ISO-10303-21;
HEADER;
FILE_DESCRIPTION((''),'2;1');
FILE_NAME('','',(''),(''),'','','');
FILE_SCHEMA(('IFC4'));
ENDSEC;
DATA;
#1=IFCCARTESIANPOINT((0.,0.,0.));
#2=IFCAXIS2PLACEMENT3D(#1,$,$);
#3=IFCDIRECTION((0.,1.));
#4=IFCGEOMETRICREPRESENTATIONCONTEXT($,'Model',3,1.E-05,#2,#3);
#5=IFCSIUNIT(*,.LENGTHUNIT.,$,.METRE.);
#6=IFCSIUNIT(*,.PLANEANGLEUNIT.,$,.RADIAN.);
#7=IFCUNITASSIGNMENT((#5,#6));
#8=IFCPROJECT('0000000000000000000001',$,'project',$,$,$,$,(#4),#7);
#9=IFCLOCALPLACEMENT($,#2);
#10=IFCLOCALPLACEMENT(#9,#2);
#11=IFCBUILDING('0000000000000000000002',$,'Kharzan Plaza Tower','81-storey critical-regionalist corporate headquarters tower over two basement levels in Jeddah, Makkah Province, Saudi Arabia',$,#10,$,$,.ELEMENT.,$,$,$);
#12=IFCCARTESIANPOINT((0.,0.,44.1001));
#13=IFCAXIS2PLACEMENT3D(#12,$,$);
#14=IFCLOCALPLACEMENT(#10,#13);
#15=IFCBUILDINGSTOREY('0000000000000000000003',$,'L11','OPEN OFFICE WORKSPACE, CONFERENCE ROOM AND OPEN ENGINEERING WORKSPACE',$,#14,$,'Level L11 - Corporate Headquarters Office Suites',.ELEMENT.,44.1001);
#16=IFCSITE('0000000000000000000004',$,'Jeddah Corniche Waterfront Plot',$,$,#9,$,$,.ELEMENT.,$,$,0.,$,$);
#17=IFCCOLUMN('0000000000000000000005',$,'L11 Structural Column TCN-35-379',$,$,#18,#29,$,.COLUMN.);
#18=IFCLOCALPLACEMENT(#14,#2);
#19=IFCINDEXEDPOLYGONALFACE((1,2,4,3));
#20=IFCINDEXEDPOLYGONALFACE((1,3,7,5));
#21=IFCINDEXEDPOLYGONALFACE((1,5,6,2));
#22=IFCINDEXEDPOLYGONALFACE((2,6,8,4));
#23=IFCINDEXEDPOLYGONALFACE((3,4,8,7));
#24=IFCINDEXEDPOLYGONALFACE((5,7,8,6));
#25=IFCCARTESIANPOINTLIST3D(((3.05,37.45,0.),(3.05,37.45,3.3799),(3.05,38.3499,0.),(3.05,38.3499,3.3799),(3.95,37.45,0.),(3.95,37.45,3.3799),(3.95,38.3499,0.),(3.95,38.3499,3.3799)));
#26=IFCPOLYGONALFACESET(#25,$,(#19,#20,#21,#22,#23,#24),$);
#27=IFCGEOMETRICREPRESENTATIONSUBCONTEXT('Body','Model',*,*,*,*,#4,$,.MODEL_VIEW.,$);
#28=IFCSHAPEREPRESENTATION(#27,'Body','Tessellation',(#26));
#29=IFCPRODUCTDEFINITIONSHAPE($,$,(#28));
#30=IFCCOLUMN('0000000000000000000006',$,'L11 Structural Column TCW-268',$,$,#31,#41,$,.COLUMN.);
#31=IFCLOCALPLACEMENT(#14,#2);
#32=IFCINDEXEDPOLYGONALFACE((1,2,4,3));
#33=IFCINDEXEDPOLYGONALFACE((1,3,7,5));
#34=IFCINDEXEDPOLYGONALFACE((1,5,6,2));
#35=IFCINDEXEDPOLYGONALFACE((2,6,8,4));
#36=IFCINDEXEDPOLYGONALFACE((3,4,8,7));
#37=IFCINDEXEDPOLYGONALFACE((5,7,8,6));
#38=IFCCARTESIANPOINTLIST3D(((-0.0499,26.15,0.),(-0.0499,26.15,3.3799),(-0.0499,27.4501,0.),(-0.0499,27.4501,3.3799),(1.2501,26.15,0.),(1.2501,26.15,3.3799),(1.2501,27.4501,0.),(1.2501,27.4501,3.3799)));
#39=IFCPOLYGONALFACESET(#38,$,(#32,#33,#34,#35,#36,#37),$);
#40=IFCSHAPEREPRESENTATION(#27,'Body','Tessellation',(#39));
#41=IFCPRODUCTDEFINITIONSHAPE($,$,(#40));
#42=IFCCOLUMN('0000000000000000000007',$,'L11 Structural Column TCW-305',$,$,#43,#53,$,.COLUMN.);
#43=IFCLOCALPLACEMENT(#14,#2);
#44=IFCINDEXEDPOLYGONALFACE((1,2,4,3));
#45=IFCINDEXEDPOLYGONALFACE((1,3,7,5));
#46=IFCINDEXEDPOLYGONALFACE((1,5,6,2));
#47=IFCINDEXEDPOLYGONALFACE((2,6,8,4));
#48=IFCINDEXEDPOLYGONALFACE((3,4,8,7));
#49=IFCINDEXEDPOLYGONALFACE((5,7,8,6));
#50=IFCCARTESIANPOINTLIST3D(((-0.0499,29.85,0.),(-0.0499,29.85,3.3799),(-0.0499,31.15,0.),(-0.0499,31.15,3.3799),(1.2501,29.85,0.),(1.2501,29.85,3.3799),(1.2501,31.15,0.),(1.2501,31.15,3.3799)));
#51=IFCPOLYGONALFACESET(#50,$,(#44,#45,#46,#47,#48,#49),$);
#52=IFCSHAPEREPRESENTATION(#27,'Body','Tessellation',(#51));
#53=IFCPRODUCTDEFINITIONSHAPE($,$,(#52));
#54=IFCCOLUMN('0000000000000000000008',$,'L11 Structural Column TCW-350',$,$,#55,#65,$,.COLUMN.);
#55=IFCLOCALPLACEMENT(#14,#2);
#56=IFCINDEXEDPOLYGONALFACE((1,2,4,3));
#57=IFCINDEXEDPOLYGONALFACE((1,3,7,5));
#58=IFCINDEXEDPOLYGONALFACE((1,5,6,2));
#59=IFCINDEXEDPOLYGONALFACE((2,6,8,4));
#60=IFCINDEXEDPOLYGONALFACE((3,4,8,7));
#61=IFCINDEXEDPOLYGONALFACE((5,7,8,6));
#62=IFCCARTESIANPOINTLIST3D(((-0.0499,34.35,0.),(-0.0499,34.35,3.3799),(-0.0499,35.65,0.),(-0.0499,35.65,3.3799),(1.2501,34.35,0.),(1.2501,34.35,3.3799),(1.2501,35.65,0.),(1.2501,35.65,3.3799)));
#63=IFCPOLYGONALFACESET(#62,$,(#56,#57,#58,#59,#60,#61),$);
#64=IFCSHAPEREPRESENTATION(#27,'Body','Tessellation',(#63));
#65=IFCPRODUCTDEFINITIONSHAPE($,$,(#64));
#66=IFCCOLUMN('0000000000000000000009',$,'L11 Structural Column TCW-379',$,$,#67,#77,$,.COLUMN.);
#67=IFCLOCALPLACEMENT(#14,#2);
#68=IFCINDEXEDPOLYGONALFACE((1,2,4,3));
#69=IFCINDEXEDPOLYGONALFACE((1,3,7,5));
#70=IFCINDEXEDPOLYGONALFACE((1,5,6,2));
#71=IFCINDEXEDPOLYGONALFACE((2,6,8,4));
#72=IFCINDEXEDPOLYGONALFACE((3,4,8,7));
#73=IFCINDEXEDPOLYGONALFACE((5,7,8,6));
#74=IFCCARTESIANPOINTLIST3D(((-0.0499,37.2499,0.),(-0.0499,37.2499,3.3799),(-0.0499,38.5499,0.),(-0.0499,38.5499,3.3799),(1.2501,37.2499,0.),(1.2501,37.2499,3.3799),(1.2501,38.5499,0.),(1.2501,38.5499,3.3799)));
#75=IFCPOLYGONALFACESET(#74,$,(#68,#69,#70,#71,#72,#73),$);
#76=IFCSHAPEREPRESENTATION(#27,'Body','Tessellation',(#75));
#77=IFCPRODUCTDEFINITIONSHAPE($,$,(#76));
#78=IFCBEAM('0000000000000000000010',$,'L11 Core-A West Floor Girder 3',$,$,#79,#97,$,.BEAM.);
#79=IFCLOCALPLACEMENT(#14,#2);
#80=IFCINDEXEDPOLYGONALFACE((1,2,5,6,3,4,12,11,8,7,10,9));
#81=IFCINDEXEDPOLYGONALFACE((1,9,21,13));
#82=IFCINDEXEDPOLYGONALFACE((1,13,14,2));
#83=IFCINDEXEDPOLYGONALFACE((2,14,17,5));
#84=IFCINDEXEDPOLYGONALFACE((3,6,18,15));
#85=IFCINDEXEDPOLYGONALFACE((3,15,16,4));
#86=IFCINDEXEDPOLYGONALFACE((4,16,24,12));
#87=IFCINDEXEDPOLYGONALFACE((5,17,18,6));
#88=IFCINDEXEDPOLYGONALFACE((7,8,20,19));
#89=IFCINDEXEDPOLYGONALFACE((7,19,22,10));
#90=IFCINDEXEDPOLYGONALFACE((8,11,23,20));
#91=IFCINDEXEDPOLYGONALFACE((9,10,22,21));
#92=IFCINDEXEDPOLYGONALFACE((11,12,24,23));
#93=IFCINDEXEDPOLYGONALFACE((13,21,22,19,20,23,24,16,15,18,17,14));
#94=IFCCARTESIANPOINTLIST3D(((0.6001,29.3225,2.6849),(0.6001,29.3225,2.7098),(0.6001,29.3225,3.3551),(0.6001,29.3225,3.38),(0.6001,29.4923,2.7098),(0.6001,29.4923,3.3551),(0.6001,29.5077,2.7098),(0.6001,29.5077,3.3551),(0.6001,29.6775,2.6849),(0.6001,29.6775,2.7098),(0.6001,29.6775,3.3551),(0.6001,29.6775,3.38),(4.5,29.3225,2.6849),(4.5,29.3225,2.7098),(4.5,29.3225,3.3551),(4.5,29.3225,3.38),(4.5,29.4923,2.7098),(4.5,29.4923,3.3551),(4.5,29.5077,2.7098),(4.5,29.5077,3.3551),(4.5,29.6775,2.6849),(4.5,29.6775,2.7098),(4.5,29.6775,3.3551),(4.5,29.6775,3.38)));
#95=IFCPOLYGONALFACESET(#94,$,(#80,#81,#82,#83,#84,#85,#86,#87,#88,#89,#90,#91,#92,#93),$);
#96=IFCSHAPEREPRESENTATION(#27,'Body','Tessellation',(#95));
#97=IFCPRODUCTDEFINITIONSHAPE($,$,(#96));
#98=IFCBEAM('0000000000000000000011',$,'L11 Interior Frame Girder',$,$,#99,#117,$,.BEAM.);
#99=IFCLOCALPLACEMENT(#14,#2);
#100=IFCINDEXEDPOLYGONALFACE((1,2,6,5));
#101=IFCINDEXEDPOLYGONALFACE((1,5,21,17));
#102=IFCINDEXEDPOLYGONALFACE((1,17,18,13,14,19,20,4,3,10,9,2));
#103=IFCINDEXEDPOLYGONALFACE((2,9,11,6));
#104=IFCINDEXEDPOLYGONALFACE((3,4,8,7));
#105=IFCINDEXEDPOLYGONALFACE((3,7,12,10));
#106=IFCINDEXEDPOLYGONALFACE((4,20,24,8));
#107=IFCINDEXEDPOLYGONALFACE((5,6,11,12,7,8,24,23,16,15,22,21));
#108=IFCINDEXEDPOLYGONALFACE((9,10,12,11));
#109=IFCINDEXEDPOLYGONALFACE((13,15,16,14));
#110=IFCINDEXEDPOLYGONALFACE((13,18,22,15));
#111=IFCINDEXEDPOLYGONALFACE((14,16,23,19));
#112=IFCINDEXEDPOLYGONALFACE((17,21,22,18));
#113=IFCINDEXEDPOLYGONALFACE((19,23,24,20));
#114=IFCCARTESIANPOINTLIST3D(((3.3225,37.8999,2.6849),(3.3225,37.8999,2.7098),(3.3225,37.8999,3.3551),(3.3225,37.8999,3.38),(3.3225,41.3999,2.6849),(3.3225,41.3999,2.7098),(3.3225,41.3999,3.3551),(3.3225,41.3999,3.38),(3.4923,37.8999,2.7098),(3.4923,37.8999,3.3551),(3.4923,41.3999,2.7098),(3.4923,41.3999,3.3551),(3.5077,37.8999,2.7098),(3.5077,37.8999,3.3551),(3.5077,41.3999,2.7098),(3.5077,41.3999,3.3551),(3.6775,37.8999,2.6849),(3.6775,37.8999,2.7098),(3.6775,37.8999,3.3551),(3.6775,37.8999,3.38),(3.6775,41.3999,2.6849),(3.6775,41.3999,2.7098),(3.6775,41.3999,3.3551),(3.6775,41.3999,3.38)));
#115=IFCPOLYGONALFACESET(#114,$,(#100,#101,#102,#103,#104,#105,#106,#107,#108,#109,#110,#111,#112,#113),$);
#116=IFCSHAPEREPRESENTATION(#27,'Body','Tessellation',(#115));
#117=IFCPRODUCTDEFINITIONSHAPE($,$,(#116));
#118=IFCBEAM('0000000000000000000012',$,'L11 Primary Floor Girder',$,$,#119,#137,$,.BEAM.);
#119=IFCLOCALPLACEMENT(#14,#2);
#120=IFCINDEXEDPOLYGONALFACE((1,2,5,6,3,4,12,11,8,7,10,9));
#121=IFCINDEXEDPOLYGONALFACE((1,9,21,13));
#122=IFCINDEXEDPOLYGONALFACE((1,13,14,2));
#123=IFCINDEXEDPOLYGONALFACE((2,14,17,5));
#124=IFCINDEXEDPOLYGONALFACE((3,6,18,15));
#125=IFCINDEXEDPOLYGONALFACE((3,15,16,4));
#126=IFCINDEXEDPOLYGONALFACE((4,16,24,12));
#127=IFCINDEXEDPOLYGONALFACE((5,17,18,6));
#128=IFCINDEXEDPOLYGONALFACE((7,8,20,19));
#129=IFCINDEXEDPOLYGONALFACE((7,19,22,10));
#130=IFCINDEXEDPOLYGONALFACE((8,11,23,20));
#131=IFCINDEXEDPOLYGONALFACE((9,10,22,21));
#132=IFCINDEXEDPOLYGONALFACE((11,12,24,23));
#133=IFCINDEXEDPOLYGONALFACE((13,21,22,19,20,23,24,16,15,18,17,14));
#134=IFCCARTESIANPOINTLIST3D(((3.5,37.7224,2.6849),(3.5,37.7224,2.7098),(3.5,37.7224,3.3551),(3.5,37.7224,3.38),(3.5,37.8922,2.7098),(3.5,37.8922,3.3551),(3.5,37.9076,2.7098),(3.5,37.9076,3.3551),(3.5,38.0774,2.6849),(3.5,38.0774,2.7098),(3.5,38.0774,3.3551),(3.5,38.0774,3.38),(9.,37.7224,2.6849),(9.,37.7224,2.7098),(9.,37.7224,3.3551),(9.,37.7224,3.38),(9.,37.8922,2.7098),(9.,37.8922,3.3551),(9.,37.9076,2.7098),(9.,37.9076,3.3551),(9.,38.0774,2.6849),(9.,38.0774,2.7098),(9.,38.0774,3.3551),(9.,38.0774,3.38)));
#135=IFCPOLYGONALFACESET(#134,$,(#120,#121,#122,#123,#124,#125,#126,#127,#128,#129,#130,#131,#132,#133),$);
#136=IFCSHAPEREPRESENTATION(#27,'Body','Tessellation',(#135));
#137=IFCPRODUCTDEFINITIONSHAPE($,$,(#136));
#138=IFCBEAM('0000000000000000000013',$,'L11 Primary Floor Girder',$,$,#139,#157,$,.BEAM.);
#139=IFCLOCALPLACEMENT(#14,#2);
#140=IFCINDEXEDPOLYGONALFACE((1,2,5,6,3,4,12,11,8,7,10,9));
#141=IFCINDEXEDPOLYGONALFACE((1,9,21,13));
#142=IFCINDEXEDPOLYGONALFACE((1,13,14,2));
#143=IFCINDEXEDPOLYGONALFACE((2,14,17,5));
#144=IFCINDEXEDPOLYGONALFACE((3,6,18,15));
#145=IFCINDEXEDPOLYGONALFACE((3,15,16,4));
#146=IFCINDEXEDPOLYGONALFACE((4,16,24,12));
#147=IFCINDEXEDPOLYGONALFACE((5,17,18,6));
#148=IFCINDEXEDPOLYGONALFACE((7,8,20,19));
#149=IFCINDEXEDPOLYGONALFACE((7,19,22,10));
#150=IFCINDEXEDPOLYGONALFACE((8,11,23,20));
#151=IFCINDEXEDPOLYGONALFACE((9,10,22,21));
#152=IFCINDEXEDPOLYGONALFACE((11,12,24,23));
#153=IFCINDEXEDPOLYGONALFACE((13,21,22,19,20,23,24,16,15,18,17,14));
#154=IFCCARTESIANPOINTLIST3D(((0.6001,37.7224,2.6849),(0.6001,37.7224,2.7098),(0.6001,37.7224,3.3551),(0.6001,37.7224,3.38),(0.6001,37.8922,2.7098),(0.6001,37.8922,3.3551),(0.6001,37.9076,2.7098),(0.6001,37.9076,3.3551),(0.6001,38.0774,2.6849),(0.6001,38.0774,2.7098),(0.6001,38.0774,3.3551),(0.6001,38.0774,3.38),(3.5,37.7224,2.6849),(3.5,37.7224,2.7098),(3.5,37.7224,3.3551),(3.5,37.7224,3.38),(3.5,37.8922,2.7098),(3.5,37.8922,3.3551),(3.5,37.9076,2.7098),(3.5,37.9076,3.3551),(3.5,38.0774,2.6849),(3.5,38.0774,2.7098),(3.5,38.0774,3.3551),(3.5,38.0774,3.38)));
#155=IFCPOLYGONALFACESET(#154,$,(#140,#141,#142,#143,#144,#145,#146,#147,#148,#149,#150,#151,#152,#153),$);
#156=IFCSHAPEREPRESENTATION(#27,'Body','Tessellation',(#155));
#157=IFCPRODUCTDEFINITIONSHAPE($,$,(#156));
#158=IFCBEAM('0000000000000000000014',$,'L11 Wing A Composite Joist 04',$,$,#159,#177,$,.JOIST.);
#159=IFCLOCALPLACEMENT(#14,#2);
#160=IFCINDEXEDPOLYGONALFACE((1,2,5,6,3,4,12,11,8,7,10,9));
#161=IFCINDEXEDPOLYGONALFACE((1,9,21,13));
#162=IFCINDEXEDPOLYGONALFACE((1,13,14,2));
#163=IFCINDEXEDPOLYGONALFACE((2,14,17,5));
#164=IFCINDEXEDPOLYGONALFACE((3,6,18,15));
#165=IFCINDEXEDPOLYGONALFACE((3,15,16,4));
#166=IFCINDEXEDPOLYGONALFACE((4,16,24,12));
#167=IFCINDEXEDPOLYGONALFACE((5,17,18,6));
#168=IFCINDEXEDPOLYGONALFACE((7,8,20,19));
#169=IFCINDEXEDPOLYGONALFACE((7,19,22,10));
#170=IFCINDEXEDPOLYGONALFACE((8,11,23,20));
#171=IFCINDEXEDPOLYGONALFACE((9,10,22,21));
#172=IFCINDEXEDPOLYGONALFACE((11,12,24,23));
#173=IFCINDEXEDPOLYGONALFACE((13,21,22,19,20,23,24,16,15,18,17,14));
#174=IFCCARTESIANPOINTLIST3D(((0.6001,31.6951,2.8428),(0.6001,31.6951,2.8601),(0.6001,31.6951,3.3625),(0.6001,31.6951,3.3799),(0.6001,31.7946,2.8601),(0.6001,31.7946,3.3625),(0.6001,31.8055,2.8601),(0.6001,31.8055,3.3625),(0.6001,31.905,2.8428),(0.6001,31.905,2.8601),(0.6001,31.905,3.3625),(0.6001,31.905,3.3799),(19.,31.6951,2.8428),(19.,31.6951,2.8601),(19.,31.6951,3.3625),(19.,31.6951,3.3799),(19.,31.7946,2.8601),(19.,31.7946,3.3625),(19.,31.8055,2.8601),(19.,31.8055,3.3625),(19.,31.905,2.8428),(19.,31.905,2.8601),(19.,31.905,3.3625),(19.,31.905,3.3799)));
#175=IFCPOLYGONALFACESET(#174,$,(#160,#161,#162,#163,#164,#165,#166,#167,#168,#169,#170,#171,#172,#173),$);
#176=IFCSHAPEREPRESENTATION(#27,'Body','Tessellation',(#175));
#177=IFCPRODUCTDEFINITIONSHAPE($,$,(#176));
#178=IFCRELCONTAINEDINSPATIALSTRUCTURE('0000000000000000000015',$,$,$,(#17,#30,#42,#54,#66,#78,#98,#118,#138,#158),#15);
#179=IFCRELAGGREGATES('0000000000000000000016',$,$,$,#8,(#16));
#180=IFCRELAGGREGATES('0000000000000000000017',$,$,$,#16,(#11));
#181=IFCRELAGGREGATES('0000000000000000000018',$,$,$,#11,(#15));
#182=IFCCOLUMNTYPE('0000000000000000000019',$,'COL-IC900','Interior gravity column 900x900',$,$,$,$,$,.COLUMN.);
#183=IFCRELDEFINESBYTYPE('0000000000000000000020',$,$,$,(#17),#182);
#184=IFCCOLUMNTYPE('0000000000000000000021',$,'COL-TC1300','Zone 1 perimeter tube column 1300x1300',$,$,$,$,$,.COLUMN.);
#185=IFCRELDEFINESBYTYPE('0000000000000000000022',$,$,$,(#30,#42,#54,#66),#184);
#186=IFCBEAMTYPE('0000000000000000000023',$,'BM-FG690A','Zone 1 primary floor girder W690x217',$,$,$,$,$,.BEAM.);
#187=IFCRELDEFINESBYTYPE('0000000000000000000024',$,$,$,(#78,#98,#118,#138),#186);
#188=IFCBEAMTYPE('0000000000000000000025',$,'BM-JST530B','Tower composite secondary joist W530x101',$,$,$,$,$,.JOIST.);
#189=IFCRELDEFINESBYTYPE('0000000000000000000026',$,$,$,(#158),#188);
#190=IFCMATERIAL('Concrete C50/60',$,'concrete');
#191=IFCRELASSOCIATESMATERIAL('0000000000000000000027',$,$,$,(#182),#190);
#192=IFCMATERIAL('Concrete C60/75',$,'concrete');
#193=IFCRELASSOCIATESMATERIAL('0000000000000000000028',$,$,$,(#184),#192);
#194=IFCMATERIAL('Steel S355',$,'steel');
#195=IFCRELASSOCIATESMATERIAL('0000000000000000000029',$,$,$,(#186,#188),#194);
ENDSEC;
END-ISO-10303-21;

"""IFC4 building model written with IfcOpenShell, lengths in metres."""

from ifc_helpers import new_model, si_unit, direction, frame, origin, origin_2d, place, context, subcontext, project, spatial, rectangle, i_section, extrude, source, transform, mapped, material, material_profile, profile_set, type_object, element, save


model = new_model("IFC4")

# Units and contexts
model_context = context("Model", 3, precision=1e-05, world=origin(), true_north=direction((0.0, 1.0)))
body_context = subcontext(model_context, "Body", "Model", "MODEL_VIEW")
ifc_project = project(units=[si_unit("LENGTHUNIT", "METRE"), si_unit("PLANEANGLEUNIT", "RADIAN")], contexts=[model_context])

# Site, building, storey
site_placement = place(None, origin())
site = spatial("IfcSite", under=ifc_project, at=site_placement, Name="Jeddah Corniche Waterfront Plot", CompositionType="ELEMENT", RefElevation=0.0)
building_placement = place(site_placement, origin())
building = spatial("IfcBuilding", under=site, at=building_placement, Name="Kharzan Plaza Tower", Description="81-storey critical-regionalist corporate headquarters tower over two basement levels in Jeddah, Makkah Province, Saudi Arabia", CompositionType="ELEMENT")
storey_placement = place(building_placement, frame((0.0, 0.0, 44.1001)))
storey = spatial("IfcBuildingStorey", under=building, at=storey_placement, Name="L11", Description="OPEN OFFICE WORKSPACE, CONFERENCE ROOM AND OPEN ENGINEERING WORKSPACE", LongName="Level L11 - Corporate Headquarters Office Suites", CompositionType="ELEMENT", Elevation=44.1001)

# Columns
ifc_material_1 = material(Name="Concrete C50/60", Category="concrete")
ifc_material_profile_1 = material_profile(ifc_material_1, rectangle(XDim=0.8999, YDim=0.8999, at=origin_2d()), Name="RC-IC900x900")
ifc_profile_set_1 = profile_set([ifc_material_profile_1], Name="Concrete C50/60")
column_type_1 = type_object("IfcColumnType", Name="COL-IC900", Description="Interior gravity column 900x900", PredefinedType="COLUMN", material=ifc_profile_set_1)
shared_shape_1 = source(origin(), body_context, "Body", "SweptSolid", [
    extrude(rectangle(XDim=0.8999, YDim=0.8999, at=origin_2d()), origin(), (0.0, 0.0, 1.0), 3.3799),
])
column_placement = place(storey_placement, frame((3.5, 37.8999, 0.0), z_axis=(0.0, 0.0, 1.0), x_axis=(1.0, 0.0, 0.0)))
element("IfcColumn", 1, at=column_placement, inside=storey, type_object=column_type_1, Name="L11 Structural Column TCN-35-379", PredefinedType="COLUMN", context=body_context, shape_type="MappedRepresentation", body=[
    mapped(shared_shape_1, transform((0.0, 0.0, 0.0), x_axis=(1.0, 0.0, 0.0), y_axis=(0.0, 1.0, 0.0), z_axis=(0.0, 0.0, 1.0))),
])
ifc_material_2 = material(Name="Concrete C60/75", Category="concrete")
ifc_material_profile_2 = material_profile(ifc_material_2, rectangle(XDim=1.3, YDim=1.3, at=origin_2d()), Name="RC-TC1300x1300")
ifc_profile_set_2 = profile_set([ifc_material_profile_2], Name="Concrete C60/75")
column_type_2 = type_object("IfcColumnType", Name="COL-TC1300", Description="Zone 1 perimeter tube column 1300x1300", PredefinedType="COLUMN", material=ifc_profile_set_2)
shared_shape_2 = source(origin(), body_context, "Body", "SweptSolid", [
    extrude(rectangle(XDim=1.3, YDim=1.3, at=origin_2d()), origin(), (0.0, 0.0, 1.0), 3.3799),
])
for number, where, z_axis, x_axis, name in (
    (2, (0.6001, 26.8, 0.0), (0.0, 0.0, 1.0), (1.0, 0.0, 0.0), "L11 Structural Column TCW-268"),
    (3, (0.6001, 30.5, 0.0), (0.0, 0.0, 1.0), (1.0, 0.0, 0.0), "L11 Structural Column TCW-305"),
    (4, (0.6001, 35.0, 0.0), (0.0, 0.0, 1.0), (1.0, 0.0, 0.0), "L11 Structural Column TCW-350"),
    (5, (0.6001, 37.8999, 0.0), (0.0, 0.0, 1.0), (1.0, 0.0, 0.0), "L11 Structural Column TCW-379"),
):
    element("IfcColumn", number, at=place(storey_placement, frame(where, z_axis=z_axis, x_axis=x_axis)), inside=storey, type_object=column_type_2, Name=name, PredefinedType="COLUMN", context=body_context, shape_type="MappedRepresentation", body=[
        mapped(shared_shape_2, transform((0.0, 0.0, 0.0), x_axis=(1.0, 0.0, 0.0), y_axis=(0.0, 1.0, 0.0), z_axis=(0.0, 0.0, 1.0))),
    ])

# Beams
ifc_material_3 = material(Name="Steel S355", Category="steel")
ifc_material_profile_3 = material_profile(ifc_material_3, i_section(OverallWidth=0.355, OverallDepth=0.6951, WebThickness=0.0154, FlangeThickness=0.0249, at=origin_2d()), Name="W690x217")
ifc_profile_set_3 = profile_set([ifc_material_profile_3], Name="Steel S355")
beam_type_1 = type_object("IfcBeamType", Name="BM-FG690A", Description="Zone 1 primary floor girder W690x217", PredefinedType="BEAM", material=ifc_profile_set_3)
shared_shape_3 = source(origin(), body_context, "Body", "SweptSolid", [
    extrude(i_section(OverallWidth=0.355, OverallDepth=0.6951, WebThickness=0.0154, FlangeThickness=0.0249, at=origin_2d()), origin(), (0.0, 0.0, 1.0), 3.8999),
])
beam_1_placement = place(storey_placement, frame((0.6001, 29.5, 3.0325), z_axis=(1.0, 0.0, 0.0), x_axis=(0.0, 1.0, 0.0)))
element("IfcBeam", 6, at=beam_1_placement, inside=storey, type_object=beam_type_1, Name="L11 Core-A West Floor Girder 3", PredefinedType="BEAM", context=body_context, shape_type="MappedRepresentation", body=[
    mapped(shared_shape_3, transform((0.0, 0.0, 0.0), x_axis=(1.0, 0.0, 0.0), y_axis=(0.0, 1.0, 0.0), z_axis=(0.0, 0.0, 1.0))),
])
shared_shape_4 = source(origin(), body_context, "Body", "SweptSolid", [
    extrude(i_section(OverallWidth=0.355, OverallDepth=0.6951, WebThickness=0.0154, FlangeThickness=0.0249, at=origin_2d()), origin(), (0.0, 0.0, 1.0), 3.5),
])
beam_2_placement = place(storey_placement, frame((3.5, 37.8999, 3.0325), z_axis=(0.0, 1.0, 0.0), x_axis=(-1.0, 0.0, 0.0)))
element("IfcBeam", 7, at=beam_2_placement, inside=storey, type_object=beam_type_1, Name="L11 Interior Frame Girder", PredefinedType="BEAM", context=body_context, shape_type="MappedRepresentation", body=[
    mapped(shared_shape_4, transform((0.0, 0.0, 0.0), x_axis=(1.0, 0.0, 0.0), y_axis=(0.0, 1.0, 0.0), z_axis=(0.0, 0.0, 1.0))),
])
shared_shape_5 = source(origin(), body_context, "Body", "SweptSolid", [
    extrude(i_section(OverallWidth=0.355, OverallDepth=0.6951, WebThickness=0.0154, FlangeThickness=0.0249, at=origin_2d()), origin(), (0.0, 0.0, 1.0), 5.5),
])
beam_3_placement = place(storey_placement, frame((3.5, 37.8999, 3.0325), z_axis=(1.0, 0.0, 0.0), x_axis=(0.0, 1.0, 0.0)))
element("IfcBeam", 8, at=beam_3_placement, inside=storey, type_object=beam_type_1, Name="L11 Primary Floor Girder", PredefinedType="BEAM", context=body_context, shape_type="MappedRepresentation", body=[
    mapped(shared_shape_5, transform((0.0, 0.0, 0.0), x_axis=(1.0, 0.0, 0.0), y_axis=(0.0, 1.0, 0.0), z_axis=(0.0, 0.0, 1.0))),
])
shared_shape_6 = source(origin(), body_context, "Body", "SweptSolid", [
    extrude(i_section(OverallWidth=0.355, OverallDepth=0.6951, WebThickness=0.0154, FlangeThickness=0.0249, at=origin_2d()), origin(), (0.0, 0.0, 1.0), 2.8999),
])
beam_4_placement = place(storey_placement, frame((0.6001, 37.8999, 3.0325), z_axis=(1.0, 0.0, 0.0), x_axis=(0.0, 1.0, 0.0)))
element("IfcBeam", 9, at=beam_4_placement, inside=storey, type_object=beam_type_1, Name="L11 Primary Floor Girder", PredefinedType="BEAM", context=body_context, shape_type="MappedRepresentation", body=[
    mapped(shared_shape_6, transform((0.0, 0.0, 0.0), x_axis=(1.0, 0.0, 0.0), y_axis=(0.0, 1.0, 0.0), z_axis=(0.0, 0.0, 1.0))),
])
ifc_material_profile_4 = material_profile(ifc_material_3, i_section(OverallWidth=0.21, OverallDepth=0.5371, WebThickness=0.011, FlangeThickness=0.0173, at=origin_2d()), Name="W530x101")
ifc_profile_set_4 = profile_set([ifc_material_profile_4], Name="Steel S355")
beam_type_2 = type_object("IfcBeamType", Name="BM-JST530B", Description="Tower composite secondary joist W530x101", PredefinedType="JOIST", material=ifc_profile_set_4)
shared_shape_7 = source(origin(), body_context, "Body", "SweptSolid", [
    extrude(i_section(OverallWidth=0.21, OverallDepth=0.5371, WebThickness=0.011, FlangeThickness=0.0173, at=origin_2d()), origin(), (0.0, 0.0, 1.0), 18.3999),
])
for number, where, z_axis, x_axis, name in (
    (10, (0.6001, 31.8, 3.1113), (1.0, 0.0, 0.0), (0.0, 1.0, 0.0), "L11 Wing A Composite Joist 04"),
):
    element("IfcBeam", number, at=place(storey_placement, frame(where, z_axis=z_axis, x_axis=x_axis)), inside=storey, type_object=beam_type_2, Name=name, PredefinedType="JOIST", context=body_context, shape_type="MappedRepresentation", body=[
        mapped(shared_shape_7, transform((0.0, 0.0, 0.0), x_axis=(1.0, 0.0, 0.0), y_axis=(0.0, 1.0, 0.0), z_axis=(0.0, 0.0, 1.0))),
    ])

save(model, "model.ifc")
